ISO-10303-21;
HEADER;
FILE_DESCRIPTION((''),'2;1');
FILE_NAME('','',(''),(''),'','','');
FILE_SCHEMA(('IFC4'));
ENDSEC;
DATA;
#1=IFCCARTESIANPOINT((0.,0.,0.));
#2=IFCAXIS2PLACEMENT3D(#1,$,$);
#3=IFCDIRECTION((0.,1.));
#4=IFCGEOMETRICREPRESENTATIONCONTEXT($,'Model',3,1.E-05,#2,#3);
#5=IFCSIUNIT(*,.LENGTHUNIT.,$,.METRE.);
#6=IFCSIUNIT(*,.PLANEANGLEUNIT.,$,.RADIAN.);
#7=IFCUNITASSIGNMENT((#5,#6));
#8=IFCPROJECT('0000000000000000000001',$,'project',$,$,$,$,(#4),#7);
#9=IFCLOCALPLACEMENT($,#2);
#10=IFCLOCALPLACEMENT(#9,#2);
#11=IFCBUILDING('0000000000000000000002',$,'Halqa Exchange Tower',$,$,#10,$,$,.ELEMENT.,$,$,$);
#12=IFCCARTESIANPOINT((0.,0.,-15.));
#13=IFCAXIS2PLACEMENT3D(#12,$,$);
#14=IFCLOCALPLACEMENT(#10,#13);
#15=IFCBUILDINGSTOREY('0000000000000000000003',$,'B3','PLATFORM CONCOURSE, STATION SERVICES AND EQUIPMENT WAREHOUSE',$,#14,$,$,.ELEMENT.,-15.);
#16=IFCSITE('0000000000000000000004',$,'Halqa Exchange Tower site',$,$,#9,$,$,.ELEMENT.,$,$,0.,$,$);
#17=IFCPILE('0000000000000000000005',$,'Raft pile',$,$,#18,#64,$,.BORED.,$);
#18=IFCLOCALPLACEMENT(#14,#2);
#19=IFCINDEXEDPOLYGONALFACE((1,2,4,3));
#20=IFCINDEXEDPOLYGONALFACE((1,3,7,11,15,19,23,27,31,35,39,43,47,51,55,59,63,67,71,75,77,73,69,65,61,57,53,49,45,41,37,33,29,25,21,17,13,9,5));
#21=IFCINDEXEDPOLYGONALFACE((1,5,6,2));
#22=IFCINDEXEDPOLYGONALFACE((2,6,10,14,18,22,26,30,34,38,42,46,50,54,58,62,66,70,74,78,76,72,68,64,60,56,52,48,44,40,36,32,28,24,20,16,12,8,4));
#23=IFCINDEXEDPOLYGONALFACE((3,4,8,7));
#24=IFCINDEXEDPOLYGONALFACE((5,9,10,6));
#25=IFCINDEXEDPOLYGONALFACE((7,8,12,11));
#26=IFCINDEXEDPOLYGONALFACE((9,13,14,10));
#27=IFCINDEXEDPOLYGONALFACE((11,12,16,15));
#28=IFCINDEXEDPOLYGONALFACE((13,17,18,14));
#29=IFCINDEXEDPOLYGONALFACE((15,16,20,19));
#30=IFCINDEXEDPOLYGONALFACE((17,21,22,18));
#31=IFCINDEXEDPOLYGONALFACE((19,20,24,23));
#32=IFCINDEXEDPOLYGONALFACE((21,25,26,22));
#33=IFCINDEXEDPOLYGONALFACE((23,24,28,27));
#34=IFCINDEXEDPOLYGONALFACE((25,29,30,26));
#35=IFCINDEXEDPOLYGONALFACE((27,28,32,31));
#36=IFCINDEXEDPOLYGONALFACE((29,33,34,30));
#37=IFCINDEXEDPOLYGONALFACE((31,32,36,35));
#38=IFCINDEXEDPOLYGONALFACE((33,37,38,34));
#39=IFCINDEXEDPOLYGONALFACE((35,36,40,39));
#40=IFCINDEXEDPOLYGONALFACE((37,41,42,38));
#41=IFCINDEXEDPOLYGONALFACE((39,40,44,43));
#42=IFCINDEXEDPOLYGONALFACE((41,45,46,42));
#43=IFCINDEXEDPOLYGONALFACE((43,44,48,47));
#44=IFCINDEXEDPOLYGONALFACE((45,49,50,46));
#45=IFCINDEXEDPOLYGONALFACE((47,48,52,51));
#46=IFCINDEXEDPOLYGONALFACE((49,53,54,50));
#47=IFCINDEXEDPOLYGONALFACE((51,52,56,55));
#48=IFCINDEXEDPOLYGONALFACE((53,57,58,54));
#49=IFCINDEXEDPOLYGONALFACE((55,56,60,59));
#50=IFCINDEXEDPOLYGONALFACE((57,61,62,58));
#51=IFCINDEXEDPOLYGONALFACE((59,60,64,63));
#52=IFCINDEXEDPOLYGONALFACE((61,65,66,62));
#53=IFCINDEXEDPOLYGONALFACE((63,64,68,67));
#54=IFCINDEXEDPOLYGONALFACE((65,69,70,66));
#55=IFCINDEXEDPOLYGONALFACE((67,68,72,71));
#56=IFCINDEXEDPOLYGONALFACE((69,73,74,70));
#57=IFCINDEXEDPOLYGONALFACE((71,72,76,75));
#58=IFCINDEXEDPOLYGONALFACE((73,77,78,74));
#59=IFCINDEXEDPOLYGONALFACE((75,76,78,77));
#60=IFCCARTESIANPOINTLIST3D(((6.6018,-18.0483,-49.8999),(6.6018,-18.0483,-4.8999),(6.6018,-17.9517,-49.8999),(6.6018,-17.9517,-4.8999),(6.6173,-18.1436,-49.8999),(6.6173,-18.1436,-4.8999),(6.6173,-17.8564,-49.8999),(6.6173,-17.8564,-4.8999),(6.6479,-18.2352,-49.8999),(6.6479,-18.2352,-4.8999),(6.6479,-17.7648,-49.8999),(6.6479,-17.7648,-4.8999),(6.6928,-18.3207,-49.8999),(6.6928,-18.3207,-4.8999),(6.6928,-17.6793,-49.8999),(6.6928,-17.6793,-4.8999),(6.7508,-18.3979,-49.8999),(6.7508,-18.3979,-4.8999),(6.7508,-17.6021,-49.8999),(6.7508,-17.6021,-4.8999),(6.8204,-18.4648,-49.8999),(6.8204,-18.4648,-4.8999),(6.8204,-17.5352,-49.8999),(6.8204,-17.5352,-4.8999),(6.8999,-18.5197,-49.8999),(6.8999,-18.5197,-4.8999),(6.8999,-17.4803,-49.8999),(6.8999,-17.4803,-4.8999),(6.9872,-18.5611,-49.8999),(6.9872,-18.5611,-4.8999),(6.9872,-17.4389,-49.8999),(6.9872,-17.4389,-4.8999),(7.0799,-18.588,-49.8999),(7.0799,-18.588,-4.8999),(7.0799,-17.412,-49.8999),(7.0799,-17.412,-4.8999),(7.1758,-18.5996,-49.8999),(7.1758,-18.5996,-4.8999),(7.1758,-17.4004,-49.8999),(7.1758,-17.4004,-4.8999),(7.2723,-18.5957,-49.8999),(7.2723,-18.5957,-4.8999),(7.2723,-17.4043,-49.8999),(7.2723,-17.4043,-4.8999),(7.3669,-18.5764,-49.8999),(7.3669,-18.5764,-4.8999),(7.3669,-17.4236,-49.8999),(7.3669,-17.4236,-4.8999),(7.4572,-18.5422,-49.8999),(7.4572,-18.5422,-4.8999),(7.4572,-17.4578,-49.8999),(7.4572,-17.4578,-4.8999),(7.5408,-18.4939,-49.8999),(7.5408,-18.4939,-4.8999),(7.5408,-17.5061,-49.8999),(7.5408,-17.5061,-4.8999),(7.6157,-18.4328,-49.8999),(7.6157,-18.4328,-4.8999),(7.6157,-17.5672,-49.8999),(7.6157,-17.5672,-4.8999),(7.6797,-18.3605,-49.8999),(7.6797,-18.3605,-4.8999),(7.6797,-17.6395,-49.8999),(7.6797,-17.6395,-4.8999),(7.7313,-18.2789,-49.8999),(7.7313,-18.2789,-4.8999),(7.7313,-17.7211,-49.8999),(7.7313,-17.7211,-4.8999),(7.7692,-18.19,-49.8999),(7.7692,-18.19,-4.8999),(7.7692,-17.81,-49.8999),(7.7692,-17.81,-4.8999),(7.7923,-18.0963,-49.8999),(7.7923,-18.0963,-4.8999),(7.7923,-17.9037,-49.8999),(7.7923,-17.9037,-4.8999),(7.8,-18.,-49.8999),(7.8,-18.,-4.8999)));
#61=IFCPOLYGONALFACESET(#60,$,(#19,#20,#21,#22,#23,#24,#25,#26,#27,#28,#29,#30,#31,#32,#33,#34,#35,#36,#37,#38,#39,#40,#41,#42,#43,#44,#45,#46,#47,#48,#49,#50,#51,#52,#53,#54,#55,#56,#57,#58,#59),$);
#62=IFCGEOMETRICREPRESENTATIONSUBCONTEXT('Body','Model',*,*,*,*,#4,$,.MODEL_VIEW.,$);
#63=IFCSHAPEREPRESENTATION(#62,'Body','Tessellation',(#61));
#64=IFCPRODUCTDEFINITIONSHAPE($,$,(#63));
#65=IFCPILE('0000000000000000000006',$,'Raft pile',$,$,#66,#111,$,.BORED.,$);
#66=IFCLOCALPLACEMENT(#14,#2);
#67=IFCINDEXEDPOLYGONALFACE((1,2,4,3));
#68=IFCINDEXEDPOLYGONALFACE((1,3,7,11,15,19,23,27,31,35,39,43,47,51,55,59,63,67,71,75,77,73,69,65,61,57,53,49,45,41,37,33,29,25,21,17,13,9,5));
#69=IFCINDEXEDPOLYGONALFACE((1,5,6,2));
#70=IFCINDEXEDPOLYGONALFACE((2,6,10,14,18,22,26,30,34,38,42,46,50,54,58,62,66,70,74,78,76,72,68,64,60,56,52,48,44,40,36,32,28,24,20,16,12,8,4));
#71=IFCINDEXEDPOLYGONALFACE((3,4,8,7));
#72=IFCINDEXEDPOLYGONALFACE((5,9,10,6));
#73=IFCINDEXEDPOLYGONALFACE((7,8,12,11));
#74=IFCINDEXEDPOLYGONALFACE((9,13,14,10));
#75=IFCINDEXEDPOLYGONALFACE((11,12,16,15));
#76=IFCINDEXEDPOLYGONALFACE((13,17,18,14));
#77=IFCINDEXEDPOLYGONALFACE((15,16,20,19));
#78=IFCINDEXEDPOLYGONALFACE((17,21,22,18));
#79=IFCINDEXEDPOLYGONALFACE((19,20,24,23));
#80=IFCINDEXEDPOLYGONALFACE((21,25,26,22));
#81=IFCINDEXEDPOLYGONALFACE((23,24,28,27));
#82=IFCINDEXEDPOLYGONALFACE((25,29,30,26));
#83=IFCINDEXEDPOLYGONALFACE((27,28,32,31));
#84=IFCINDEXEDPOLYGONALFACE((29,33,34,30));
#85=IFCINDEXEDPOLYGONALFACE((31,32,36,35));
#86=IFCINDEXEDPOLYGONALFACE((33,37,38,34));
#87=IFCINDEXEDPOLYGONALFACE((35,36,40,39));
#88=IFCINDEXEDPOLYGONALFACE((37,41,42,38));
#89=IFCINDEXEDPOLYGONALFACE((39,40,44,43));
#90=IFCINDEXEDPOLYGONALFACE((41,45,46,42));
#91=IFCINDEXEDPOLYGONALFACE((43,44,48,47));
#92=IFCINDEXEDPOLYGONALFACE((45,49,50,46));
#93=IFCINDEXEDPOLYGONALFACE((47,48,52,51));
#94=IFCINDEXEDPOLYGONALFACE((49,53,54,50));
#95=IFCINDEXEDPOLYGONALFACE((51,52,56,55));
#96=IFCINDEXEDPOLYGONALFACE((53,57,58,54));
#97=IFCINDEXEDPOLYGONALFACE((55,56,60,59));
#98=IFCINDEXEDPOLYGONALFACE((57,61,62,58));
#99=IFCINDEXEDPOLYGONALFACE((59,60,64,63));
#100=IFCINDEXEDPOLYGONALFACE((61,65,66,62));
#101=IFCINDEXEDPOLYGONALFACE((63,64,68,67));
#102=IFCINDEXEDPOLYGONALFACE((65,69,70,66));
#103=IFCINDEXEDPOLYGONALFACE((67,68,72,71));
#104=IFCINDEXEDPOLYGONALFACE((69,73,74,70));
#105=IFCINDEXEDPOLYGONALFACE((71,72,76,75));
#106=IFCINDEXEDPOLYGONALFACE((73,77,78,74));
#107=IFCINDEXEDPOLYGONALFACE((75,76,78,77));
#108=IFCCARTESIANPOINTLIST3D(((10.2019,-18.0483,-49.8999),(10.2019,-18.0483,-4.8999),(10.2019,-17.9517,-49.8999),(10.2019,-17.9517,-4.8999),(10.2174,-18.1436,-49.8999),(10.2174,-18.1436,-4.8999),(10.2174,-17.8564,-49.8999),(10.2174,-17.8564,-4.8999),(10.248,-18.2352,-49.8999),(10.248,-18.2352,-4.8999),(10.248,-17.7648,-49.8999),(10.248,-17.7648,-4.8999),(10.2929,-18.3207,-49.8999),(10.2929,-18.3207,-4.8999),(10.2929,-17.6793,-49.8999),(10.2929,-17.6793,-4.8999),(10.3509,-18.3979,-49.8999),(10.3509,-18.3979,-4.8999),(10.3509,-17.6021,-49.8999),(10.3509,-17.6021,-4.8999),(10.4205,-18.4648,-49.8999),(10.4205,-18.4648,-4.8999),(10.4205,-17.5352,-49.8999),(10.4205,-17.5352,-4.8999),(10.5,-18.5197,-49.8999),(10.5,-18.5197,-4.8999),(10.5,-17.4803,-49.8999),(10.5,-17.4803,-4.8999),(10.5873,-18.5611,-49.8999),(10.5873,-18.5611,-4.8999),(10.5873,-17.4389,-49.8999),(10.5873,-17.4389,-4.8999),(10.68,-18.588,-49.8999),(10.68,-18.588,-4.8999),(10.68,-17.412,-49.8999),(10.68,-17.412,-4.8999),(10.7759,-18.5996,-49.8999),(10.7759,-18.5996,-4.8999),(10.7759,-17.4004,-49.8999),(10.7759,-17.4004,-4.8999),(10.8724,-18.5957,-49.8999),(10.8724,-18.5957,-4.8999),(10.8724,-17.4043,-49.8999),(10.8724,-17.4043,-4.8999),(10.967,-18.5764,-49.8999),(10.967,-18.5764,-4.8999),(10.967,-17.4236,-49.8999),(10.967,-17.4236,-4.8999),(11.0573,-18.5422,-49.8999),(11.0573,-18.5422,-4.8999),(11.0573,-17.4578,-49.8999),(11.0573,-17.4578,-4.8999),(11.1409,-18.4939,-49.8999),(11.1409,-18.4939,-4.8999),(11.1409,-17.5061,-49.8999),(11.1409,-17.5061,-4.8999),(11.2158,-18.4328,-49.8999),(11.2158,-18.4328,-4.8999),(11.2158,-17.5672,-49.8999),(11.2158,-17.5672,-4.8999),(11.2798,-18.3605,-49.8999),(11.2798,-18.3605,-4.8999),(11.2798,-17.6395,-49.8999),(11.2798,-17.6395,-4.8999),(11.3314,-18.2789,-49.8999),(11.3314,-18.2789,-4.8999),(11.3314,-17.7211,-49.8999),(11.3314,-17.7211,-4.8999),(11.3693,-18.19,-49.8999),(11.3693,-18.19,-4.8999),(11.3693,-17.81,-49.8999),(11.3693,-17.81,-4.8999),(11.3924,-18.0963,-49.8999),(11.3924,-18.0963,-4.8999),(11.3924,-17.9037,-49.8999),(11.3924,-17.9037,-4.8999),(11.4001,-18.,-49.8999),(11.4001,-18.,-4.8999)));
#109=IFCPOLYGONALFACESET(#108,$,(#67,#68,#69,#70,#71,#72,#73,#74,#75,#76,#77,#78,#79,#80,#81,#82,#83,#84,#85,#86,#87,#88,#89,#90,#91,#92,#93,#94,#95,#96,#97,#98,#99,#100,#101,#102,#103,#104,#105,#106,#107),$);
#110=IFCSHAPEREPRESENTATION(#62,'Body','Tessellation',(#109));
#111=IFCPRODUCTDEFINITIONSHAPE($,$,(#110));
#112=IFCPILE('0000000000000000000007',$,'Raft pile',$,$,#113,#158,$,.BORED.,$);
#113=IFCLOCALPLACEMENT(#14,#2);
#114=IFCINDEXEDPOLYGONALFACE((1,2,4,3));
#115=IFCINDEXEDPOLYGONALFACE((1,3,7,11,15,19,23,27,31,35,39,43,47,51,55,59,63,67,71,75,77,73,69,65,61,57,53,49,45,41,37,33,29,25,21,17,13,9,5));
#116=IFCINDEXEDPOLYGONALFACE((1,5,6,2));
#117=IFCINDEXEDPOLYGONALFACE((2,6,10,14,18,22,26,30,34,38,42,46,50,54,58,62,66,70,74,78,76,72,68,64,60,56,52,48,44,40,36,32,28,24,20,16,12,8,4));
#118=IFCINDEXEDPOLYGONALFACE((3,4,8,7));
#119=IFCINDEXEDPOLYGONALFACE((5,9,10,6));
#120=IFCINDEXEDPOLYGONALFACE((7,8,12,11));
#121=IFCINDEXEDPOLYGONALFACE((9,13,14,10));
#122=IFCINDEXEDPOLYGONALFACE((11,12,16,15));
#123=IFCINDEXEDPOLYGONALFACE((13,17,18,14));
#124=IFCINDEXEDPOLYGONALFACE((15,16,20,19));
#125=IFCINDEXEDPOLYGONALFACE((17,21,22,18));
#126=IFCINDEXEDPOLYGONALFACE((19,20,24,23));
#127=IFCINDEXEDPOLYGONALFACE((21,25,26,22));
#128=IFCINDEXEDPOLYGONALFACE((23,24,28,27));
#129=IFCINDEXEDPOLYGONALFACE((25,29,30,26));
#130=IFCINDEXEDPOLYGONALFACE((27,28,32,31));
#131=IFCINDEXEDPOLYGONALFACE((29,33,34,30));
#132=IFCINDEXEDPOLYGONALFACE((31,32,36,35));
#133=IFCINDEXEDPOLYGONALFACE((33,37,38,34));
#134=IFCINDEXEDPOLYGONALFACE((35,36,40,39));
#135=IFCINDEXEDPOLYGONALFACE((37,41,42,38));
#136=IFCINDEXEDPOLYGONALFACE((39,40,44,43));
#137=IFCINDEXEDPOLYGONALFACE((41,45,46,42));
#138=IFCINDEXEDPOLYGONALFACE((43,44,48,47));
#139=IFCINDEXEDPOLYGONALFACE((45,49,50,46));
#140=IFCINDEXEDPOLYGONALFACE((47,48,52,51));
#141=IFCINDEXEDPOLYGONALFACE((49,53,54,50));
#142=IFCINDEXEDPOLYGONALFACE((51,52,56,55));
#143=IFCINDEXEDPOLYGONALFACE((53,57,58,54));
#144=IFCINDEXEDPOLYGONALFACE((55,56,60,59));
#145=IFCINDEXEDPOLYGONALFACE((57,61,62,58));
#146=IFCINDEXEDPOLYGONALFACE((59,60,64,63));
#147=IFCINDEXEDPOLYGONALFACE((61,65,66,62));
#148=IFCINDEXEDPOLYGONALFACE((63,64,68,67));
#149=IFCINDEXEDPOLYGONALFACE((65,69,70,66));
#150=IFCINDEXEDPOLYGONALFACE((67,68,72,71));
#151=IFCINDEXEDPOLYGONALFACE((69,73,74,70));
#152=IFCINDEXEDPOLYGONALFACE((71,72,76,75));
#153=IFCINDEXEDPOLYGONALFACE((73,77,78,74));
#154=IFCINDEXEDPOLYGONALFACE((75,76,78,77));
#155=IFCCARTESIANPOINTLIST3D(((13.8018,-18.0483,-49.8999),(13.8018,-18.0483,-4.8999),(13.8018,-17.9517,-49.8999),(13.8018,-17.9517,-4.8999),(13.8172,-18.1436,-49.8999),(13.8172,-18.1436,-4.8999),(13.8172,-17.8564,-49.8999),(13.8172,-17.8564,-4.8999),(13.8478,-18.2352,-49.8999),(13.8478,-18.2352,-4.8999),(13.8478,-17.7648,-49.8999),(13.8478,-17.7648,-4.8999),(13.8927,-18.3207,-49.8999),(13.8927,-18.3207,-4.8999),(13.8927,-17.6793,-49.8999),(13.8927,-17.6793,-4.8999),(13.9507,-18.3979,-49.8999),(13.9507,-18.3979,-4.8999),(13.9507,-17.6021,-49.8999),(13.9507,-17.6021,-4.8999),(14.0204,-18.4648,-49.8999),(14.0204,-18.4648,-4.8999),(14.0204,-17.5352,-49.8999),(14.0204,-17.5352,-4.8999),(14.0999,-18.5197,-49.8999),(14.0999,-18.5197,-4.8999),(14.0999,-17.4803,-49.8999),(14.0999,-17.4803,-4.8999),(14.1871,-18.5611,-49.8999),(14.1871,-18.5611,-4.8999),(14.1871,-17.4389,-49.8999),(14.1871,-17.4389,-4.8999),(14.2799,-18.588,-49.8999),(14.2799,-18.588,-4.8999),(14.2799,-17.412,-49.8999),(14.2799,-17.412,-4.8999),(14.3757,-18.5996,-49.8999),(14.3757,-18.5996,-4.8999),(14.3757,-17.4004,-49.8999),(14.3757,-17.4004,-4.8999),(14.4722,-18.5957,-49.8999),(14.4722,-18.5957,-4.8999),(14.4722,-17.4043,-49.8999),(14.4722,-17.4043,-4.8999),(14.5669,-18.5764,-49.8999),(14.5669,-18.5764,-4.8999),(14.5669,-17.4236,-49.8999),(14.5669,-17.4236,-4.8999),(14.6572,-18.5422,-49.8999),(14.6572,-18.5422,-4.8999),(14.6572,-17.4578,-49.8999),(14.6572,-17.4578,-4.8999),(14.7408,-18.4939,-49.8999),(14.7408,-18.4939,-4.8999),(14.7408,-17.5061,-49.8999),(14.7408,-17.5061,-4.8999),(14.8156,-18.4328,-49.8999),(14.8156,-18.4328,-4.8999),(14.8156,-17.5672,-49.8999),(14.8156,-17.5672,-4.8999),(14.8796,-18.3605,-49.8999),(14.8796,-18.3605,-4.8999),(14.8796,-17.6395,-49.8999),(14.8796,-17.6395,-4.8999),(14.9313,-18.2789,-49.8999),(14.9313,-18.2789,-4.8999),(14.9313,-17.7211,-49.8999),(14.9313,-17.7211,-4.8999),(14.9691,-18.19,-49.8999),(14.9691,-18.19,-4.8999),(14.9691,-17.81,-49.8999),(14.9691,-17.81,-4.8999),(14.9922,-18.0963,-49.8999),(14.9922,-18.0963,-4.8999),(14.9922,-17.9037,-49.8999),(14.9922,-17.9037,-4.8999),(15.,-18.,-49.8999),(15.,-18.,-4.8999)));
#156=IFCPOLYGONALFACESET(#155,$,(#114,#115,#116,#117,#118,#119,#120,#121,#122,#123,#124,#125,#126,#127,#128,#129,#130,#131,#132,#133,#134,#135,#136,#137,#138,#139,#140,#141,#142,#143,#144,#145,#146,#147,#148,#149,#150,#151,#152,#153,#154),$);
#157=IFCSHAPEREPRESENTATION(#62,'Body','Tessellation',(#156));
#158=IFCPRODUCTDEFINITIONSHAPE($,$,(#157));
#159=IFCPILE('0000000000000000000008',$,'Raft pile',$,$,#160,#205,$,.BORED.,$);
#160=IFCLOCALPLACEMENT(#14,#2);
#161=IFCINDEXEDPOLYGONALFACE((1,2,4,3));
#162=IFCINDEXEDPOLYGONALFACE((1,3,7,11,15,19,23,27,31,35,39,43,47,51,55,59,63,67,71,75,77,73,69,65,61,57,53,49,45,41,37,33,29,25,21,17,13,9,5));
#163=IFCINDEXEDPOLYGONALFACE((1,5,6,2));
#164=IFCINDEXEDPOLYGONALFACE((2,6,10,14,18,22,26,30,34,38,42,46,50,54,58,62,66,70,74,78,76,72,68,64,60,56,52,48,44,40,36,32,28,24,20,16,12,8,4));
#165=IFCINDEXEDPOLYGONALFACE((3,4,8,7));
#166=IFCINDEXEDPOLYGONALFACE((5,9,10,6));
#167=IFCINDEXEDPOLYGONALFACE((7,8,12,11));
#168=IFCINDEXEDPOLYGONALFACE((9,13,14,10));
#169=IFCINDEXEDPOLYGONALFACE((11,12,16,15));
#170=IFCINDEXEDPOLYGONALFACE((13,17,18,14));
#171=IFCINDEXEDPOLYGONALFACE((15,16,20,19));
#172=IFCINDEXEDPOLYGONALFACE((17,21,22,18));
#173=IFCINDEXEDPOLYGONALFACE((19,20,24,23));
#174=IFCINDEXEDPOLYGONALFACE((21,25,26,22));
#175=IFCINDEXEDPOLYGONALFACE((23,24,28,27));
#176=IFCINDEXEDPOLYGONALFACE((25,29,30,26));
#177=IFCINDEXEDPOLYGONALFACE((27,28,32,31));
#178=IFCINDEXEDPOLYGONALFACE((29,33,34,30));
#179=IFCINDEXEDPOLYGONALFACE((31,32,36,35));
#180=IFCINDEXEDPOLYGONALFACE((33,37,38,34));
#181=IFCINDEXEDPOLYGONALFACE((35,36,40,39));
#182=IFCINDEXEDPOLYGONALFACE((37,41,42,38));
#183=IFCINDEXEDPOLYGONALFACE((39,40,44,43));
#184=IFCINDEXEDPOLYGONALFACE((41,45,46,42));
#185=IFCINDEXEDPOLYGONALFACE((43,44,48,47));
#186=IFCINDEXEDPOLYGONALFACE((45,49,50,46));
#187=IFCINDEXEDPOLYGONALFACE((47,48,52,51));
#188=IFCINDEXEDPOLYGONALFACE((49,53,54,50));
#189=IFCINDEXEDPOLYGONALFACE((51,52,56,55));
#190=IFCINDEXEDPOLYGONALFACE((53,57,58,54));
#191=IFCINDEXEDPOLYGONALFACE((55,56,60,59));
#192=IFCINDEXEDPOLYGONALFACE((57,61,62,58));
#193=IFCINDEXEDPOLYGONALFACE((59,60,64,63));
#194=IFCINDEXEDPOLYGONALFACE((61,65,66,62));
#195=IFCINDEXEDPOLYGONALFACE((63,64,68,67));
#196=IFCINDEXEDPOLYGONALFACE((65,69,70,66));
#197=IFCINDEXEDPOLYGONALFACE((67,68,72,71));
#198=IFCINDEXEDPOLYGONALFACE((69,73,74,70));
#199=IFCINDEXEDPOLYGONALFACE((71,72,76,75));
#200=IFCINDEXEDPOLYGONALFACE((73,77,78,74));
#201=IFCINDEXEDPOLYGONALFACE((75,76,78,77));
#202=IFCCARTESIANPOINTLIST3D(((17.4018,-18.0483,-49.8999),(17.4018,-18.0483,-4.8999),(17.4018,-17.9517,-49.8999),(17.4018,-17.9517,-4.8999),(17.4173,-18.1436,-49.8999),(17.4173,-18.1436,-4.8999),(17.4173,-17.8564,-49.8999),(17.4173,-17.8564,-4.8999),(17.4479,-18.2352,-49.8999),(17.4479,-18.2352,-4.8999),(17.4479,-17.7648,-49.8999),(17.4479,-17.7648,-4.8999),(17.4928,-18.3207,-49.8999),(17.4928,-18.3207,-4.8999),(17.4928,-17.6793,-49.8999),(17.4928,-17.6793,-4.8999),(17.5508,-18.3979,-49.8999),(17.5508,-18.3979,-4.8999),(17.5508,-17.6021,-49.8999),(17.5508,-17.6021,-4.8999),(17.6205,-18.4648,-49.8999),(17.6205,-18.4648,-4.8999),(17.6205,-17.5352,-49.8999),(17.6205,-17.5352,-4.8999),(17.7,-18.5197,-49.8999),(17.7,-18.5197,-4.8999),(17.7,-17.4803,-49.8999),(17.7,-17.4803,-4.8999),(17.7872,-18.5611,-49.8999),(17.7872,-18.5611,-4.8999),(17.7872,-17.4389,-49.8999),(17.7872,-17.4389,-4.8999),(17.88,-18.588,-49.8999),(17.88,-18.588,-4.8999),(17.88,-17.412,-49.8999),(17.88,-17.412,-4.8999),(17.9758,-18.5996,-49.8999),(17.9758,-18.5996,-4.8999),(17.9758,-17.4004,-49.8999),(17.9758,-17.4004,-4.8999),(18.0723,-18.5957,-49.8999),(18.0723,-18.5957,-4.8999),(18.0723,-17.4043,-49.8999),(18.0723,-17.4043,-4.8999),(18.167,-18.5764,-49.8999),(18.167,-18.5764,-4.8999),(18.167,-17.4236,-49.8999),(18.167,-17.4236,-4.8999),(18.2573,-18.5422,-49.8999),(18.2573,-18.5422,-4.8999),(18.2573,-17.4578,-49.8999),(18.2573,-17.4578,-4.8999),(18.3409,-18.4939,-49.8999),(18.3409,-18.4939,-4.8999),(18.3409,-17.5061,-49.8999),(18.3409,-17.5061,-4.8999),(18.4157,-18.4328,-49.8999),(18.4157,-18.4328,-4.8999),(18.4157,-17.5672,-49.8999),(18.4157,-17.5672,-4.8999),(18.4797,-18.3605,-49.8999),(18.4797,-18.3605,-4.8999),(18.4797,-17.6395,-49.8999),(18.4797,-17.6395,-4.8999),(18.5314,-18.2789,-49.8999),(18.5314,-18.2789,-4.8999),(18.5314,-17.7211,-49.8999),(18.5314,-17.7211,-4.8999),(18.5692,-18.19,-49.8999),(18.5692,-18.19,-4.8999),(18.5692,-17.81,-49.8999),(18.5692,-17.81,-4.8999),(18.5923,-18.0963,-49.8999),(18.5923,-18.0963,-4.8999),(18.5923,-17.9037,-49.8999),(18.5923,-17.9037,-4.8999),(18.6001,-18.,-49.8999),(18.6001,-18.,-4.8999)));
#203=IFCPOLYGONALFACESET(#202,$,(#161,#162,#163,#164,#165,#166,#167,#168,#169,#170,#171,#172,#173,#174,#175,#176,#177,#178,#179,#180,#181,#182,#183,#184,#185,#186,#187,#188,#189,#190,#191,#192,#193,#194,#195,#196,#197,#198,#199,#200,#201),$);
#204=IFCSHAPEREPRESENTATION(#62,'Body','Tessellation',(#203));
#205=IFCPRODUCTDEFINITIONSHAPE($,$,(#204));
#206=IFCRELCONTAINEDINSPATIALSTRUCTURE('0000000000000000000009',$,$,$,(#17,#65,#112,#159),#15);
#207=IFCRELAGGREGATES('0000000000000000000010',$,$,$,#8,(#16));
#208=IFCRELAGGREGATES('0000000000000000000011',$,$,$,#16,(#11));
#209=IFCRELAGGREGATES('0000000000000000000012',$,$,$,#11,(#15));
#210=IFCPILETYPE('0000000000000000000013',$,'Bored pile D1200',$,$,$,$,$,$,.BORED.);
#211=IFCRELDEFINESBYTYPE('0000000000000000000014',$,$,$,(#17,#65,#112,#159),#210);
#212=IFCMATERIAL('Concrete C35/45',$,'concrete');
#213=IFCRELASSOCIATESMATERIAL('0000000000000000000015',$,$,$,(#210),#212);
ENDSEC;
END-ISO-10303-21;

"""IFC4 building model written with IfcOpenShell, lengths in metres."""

from ifc_helpers import new_model, si_unit, direction, frame, origin, origin_2d, place, context, subcontext, project, spatial, circle, extrude, material, material_profile, profile_set, type_object, element, save


model = new_model("IFC4")

# Units and contexts
model_context = context("Model", 3, precision=1e-05, world=origin(), true_north=direction((0.0, 1.0)))
body_context = subcontext(model_context, "Body", "Model", "MODEL_VIEW")
ifc_project = project(units=[si_unit("LENGTHUNIT", "METRE"), si_unit("PLANEANGLEUNIT", "RADIAN")], contexts=[model_context])

# Site, building, storey
site_placement = place(None, origin())
site = spatial("IfcSite", under=ifc_project, at=site_placement, Name="Halqa Exchange Tower site", CompositionType="ELEMENT", RefElevation=0.0)
building_placement = place(site_placement, origin())
building = spatial("IfcBuilding", under=site, at=building_placement, Name="Halqa Exchange Tower", CompositionType="ELEMENT")
storey_placement = place(building_placement, frame((0.0, 0.0, -15.0)))
storey = spatial("IfcBuildingStorey", under=building, at=storey_placement, Name="B3", Description="PLATFORM CONCOURSE, STATION SERVICES AND EQUIPMENT WAREHOUSE", CompositionType="ELEMENT", Elevation=-15.0)

# Piles
ifc_material_1 = material(Name="Concrete C35/45", Category="concrete")
ifc_material_profile_1 = material_profile(ifc_material_1, circle(Radius=0.6001, at=origin_2d()), Name="D1200")
ifc_profile_set_1 = profile_set([ifc_material_profile_1], Name="Concrete C35/45")
pile_type_1 = type_object("IfcPileType", Name="Bored pile D1200", PredefinedType="BORED", material=ifc_profile_set_1)
for number, where, z_axis, x_axis, name in (
    (1, (7.2, -18.0, -4.8999), (0.0, 0.0, -1.0), (1.0, 0.0, 0.0), "Raft pile"),
    (2, (10.8, -18.0, -4.8999), (0.0, 0.0, -1.0), (1.0, 0.0, 0.0), "Raft pile"),
    (3, (14.3999, -18.0, -4.8999), (0.0, 0.0, -1.0), (1.0, 0.0, 0.0), "Raft pile"),
    (4, (18.0, -18.0, -4.8999), (0.0, 0.0, -1.0), (1.0, 0.0, 0.0), "Raft pile"),
):
    element("IfcPile", number, at=place(storey_placement, frame(where, z_axis=z_axis, x_axis=x_axis)), inside=storey, type_object=pile_type_1, Name=name, PredefinedType="BORED", context=body_context, shape_type="SweptSolid", body=[
        extrude(circle(Radius=0.6001, at=origin_2d()), origin(), (0.0, 0.0, 1.0), 45.0),
    ])

save(model, "model.ifc")
